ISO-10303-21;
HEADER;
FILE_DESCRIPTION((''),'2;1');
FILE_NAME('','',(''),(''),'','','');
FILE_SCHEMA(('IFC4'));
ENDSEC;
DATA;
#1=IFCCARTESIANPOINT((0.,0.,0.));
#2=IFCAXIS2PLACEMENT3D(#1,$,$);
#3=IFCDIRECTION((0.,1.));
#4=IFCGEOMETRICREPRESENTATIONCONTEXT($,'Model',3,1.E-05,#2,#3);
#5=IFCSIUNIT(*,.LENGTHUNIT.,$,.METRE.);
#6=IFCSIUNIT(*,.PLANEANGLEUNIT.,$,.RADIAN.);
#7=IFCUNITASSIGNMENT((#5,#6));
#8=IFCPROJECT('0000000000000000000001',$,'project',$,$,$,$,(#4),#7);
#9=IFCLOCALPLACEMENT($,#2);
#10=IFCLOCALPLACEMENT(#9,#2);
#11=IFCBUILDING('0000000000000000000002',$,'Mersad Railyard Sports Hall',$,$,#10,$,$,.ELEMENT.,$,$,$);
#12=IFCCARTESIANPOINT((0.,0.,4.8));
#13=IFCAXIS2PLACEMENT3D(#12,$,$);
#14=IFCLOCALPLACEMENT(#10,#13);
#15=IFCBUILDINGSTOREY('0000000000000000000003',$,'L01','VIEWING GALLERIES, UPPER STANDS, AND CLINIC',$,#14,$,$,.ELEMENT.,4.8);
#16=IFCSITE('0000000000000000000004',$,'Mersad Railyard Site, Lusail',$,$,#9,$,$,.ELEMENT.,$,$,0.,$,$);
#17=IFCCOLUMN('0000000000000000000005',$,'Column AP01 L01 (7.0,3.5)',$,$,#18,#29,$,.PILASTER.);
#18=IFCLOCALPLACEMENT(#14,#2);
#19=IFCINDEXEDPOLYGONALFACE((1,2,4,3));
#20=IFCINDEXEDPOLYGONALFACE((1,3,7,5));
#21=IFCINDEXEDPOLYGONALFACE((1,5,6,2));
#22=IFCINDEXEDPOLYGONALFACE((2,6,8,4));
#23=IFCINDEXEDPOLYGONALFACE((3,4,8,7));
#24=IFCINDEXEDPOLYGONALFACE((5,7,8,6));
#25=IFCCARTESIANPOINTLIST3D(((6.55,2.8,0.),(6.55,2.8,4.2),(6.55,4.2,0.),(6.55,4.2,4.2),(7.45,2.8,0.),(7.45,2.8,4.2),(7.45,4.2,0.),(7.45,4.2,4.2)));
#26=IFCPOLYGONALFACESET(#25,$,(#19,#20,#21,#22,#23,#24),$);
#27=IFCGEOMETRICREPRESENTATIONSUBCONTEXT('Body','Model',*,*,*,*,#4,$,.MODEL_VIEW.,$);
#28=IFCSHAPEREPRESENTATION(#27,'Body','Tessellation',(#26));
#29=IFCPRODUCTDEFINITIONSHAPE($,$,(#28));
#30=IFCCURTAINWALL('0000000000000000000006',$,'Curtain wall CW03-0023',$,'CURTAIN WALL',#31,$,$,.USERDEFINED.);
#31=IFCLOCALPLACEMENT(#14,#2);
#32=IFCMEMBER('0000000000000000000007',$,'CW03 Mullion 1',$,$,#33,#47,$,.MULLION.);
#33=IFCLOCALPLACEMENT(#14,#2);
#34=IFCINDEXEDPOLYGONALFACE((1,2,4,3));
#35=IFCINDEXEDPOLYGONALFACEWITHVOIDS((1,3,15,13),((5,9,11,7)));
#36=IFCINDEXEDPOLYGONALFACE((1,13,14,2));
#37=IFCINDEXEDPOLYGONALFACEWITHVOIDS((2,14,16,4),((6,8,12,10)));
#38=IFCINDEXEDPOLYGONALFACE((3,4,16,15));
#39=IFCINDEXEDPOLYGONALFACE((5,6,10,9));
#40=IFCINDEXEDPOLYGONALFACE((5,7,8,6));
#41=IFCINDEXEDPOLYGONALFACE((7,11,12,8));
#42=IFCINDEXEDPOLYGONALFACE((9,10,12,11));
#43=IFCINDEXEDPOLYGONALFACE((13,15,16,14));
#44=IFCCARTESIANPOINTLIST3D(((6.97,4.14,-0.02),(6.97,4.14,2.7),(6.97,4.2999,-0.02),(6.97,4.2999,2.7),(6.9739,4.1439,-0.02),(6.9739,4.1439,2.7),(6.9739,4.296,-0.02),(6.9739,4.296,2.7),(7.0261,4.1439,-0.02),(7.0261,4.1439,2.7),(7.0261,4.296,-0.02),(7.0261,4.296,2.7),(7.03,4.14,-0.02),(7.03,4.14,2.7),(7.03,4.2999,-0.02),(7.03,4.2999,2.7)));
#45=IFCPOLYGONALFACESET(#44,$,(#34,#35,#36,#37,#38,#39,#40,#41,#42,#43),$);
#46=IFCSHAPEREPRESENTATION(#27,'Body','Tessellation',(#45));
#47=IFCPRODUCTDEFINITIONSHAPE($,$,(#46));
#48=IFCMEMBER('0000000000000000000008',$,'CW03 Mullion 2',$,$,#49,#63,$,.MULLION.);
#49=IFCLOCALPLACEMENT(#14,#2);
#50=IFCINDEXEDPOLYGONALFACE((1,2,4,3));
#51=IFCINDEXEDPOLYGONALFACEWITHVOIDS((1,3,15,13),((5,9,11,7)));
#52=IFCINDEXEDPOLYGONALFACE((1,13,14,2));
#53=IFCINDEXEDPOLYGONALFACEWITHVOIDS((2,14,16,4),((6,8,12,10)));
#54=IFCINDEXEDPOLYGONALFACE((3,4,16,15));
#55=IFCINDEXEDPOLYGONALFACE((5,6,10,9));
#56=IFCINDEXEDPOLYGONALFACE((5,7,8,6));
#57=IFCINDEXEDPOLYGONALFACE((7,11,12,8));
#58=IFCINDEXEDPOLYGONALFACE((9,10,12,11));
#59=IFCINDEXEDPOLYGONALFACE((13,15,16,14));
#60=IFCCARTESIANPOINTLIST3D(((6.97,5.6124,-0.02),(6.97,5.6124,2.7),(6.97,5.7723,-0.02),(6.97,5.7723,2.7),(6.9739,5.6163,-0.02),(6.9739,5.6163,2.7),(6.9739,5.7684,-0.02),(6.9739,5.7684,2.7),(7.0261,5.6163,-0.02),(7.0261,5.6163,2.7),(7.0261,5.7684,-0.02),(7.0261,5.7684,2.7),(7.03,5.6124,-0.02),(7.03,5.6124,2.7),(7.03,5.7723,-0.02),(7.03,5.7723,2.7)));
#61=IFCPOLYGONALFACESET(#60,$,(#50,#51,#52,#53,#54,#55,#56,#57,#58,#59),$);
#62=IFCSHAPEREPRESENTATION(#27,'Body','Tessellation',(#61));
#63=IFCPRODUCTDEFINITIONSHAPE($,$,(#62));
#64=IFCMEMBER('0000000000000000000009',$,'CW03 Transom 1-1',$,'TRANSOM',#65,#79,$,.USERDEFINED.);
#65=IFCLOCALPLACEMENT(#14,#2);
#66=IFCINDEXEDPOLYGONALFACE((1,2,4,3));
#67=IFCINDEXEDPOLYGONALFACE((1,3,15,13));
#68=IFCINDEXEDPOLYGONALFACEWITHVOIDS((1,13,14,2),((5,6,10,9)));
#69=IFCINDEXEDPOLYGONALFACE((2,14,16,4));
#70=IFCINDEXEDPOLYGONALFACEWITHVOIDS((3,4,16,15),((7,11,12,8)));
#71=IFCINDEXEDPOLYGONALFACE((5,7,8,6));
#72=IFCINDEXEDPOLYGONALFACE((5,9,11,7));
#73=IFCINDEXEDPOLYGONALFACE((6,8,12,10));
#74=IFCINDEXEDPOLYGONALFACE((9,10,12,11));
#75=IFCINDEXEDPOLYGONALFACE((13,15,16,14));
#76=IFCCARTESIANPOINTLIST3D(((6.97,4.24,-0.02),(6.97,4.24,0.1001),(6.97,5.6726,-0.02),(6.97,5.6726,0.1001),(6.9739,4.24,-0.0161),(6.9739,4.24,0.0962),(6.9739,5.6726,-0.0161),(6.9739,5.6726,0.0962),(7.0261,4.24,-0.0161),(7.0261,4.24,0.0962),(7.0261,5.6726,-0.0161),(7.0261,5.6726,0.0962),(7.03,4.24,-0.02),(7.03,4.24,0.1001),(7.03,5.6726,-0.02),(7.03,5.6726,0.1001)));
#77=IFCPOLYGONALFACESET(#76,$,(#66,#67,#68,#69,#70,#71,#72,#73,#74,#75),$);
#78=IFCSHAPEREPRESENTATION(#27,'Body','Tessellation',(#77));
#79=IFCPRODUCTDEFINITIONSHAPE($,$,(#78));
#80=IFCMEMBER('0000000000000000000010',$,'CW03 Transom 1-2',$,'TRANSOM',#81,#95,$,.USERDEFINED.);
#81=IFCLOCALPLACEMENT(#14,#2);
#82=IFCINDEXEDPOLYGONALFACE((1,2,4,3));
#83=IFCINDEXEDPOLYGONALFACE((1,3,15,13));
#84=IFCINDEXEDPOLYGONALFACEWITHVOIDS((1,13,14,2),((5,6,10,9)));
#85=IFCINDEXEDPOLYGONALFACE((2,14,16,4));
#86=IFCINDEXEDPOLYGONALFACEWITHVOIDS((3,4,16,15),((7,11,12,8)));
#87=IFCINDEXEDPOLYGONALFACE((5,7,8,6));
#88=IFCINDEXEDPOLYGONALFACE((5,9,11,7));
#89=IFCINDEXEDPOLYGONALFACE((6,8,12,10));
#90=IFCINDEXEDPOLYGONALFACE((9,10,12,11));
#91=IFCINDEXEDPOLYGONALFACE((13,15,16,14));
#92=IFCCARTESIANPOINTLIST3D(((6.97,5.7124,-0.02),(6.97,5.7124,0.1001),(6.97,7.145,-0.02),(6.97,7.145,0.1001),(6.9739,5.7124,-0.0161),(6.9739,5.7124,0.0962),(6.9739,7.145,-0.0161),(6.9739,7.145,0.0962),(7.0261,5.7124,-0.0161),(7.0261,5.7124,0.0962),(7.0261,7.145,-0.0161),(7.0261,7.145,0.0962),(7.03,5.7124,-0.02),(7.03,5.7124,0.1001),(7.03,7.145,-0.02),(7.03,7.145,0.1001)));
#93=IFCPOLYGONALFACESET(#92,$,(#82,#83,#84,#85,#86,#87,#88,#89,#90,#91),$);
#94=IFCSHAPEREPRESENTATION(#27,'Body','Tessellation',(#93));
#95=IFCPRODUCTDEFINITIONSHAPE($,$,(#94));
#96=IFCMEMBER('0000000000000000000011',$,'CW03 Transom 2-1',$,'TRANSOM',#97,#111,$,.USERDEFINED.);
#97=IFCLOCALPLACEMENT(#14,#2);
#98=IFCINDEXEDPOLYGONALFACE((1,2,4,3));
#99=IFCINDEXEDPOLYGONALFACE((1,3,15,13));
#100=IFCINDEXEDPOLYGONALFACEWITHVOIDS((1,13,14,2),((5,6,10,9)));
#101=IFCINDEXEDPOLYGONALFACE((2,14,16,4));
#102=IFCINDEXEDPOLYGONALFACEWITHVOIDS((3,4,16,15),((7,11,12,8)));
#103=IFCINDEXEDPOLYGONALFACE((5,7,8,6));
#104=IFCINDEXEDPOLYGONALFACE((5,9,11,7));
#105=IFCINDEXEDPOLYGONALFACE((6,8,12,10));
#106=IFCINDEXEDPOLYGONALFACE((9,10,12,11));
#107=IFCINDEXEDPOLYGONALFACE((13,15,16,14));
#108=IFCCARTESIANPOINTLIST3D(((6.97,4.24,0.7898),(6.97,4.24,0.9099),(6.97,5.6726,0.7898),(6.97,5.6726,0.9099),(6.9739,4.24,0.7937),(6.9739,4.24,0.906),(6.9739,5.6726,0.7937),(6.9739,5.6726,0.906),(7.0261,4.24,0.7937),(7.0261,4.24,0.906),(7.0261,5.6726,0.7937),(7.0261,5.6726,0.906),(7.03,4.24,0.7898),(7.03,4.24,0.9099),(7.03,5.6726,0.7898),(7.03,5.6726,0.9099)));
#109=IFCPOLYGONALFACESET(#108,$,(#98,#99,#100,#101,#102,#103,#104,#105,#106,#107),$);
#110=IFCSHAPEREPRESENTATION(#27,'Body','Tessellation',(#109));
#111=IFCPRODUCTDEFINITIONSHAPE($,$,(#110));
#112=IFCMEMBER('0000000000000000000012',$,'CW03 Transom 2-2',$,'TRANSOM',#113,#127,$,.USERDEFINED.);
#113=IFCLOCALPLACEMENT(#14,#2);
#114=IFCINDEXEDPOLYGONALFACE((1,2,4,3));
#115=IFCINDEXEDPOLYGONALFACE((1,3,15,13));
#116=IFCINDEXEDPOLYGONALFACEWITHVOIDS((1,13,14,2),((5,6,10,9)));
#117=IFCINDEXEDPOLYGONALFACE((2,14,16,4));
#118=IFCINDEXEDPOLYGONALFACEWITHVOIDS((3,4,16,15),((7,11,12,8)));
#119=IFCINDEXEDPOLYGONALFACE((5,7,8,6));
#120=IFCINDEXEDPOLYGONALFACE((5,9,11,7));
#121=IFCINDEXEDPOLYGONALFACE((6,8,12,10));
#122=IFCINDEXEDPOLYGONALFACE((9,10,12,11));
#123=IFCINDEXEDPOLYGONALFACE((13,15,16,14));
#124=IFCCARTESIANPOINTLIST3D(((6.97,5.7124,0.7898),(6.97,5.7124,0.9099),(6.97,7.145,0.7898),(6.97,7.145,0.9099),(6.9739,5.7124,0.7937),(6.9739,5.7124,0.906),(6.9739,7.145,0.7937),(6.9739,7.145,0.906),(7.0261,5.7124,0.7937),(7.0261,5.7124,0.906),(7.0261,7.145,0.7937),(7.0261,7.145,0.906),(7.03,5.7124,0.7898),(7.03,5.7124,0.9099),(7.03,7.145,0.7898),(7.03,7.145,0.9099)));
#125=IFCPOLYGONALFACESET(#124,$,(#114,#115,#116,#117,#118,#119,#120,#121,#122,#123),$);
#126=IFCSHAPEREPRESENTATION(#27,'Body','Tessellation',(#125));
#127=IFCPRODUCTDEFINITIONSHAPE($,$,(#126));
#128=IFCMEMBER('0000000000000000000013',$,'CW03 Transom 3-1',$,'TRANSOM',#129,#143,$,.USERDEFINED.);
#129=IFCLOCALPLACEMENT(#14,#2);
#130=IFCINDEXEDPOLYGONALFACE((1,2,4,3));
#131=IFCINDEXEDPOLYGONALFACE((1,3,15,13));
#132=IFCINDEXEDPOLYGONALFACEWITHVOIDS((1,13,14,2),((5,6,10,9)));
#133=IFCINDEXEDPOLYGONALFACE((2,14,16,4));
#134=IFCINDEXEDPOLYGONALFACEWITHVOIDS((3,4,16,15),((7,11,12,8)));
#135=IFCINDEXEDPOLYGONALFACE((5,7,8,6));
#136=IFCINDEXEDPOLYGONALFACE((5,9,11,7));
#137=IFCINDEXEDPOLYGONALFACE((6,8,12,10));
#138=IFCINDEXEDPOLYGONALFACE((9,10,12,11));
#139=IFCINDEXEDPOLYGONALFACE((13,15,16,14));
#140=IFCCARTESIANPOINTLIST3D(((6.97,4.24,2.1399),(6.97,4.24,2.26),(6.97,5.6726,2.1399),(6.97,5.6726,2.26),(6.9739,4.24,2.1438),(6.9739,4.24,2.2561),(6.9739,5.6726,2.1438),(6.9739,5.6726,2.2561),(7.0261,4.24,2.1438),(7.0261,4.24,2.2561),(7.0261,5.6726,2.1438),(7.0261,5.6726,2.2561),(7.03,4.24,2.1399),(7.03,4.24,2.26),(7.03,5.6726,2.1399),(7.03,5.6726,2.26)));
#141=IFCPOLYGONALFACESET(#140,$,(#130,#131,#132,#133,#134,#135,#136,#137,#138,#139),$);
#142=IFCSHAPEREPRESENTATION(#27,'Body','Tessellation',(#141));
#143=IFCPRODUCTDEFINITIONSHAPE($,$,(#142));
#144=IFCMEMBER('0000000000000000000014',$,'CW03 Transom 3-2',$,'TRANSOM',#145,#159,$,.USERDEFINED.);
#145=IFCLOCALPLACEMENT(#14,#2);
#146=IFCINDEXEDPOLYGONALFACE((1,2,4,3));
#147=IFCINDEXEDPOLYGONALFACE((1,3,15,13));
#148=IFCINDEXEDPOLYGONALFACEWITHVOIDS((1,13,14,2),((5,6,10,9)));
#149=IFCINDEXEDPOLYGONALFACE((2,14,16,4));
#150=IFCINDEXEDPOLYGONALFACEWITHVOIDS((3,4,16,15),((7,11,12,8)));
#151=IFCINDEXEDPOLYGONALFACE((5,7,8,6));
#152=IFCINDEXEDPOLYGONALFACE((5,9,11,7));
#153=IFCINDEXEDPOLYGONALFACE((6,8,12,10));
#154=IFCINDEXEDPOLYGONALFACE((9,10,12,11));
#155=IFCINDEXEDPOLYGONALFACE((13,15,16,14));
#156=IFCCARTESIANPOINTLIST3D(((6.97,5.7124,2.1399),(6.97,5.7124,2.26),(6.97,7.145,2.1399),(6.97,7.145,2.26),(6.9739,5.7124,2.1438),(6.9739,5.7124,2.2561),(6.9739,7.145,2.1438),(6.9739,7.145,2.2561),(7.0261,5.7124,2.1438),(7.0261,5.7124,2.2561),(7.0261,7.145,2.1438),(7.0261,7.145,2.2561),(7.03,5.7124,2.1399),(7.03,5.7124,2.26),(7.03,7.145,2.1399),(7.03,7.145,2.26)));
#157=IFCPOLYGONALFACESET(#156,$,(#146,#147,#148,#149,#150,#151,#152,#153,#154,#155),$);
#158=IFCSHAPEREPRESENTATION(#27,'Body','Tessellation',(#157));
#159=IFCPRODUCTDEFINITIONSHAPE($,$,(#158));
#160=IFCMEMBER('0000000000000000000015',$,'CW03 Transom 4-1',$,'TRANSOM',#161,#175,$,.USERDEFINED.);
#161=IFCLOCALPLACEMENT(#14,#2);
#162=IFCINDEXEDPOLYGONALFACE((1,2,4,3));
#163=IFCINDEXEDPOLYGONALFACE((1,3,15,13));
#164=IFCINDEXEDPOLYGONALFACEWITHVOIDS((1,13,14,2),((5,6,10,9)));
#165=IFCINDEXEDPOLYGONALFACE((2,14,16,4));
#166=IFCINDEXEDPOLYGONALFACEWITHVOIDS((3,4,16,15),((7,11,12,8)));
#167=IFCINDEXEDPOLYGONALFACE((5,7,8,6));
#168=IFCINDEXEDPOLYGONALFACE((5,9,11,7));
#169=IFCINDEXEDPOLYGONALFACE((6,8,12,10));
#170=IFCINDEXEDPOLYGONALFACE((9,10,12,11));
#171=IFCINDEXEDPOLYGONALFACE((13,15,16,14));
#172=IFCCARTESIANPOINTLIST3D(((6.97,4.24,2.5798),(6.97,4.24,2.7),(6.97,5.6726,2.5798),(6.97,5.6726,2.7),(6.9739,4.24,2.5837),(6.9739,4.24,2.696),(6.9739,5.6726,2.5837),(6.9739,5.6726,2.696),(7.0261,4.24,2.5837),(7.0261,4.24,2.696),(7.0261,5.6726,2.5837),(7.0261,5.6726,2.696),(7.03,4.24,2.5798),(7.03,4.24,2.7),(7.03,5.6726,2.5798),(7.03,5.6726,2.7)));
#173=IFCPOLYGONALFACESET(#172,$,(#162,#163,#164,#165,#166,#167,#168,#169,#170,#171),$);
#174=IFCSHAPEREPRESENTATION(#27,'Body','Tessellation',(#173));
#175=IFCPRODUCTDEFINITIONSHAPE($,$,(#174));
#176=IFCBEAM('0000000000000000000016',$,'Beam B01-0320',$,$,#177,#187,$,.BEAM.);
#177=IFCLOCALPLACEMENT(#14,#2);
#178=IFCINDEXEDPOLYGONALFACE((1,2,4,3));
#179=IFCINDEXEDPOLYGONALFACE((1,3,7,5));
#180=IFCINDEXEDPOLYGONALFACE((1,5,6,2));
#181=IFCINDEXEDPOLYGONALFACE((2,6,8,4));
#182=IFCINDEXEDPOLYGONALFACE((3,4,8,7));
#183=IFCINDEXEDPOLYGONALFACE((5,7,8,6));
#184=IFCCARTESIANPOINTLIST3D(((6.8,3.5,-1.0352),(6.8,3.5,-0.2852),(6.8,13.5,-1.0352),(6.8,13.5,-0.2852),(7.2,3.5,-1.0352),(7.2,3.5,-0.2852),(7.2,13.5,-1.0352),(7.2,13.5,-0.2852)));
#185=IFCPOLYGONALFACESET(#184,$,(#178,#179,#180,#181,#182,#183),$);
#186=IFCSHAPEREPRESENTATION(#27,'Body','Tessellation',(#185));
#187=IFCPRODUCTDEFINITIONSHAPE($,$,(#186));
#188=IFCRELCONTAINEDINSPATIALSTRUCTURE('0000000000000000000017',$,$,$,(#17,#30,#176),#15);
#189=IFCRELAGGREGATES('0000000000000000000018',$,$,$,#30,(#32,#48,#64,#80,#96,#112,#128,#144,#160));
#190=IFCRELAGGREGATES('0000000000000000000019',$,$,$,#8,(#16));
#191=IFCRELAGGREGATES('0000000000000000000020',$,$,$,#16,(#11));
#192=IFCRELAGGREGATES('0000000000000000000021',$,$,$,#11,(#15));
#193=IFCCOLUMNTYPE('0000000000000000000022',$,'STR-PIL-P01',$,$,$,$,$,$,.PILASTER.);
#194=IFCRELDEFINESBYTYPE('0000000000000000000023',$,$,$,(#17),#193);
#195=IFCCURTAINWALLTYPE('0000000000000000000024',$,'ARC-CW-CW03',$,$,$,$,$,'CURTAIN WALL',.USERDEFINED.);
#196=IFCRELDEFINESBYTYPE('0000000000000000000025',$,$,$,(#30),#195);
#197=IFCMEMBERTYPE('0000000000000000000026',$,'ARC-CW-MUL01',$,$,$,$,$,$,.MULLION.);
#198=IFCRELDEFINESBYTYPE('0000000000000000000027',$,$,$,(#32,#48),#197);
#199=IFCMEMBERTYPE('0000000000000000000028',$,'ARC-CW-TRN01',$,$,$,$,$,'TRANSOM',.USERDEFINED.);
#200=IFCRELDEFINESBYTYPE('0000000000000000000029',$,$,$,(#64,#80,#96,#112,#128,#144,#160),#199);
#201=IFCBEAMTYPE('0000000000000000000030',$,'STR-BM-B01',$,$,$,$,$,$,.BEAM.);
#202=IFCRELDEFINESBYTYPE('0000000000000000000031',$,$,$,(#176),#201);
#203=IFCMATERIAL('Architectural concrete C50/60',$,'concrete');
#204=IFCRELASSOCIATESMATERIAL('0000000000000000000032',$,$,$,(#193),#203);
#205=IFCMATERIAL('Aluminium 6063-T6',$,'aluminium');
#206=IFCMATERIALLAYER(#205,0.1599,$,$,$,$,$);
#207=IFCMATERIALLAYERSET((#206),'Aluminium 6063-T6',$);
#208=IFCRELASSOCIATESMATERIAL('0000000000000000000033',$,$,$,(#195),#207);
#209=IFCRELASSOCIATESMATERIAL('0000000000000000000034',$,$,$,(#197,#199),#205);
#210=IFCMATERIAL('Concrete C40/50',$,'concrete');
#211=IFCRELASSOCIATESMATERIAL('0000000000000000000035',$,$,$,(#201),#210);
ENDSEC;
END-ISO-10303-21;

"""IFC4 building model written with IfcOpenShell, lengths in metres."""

from ifc_helpers import new_model, si_unit, direction, frame, origin, origin_2d, place, context, subcontext, project, spatial, rectangle, hollow_rectangle, extrude, material, layer, layer_set, material_profile, profile_set, type_object, element, aggregate, save


model = new_model("IFC4")

# Units and contexts
model_context = context("Model", 3, precision=1e-05, world=origin(), true_north=direction((0.0, 1.0)))
body_context = subcontext(model_context, "Body", "Model", "MODEL_VIEW")
ifc_project = project(units=[si_unit("LENGTHUNIT", "METRE"), si_unit("PLANEANGLEUNIT", "RADIAN")], contexts=[model_context])

# Site, building, storey
site_placement = place(None, origin())
site = spatial("IfcSite", under=ifc_project, at=site_placement, Name="Mersad Railyard Site, Lusail", CompositionType="ELEMENT", RefElevation=0.0)
building_placement = place(site_placement, origin())
building = spatial("IfcBuilding", under=site, at=building_placement, Name="Mersad Railyard Sports Hall", CompositionType="ELEMENT")
storey_placement = place(building_placement, frame((0.0, 0.0, 4.8)))
storey = spatial("IfcBuildingStorey", under=building, at=storey_placement, Name="L01", Description="VIEWING GALLERIES, UPPER STANDS, AND CLINIC", CompositionType="ELEMENT", Elevation=4.8)

# Column
ifc_material_1 = material(Name="Architectural concrete C50/60", Category="concrete")
ifc_material_profile_1 = material_profile(ifc_material_1, rectangle(XDim=0.8999, YDim=1.3999, at=origin_2d()), Name="RC 900x1400")
ifc_profile_set_1 = profile_set([ifc_material_profile_1], Name="Architectural concrete C50/60")
column_type = type_object("IfcColumnType", Name="STR-PIL-P01", PredefinedType="PILASTER", material=ifc_profile_set_1)
column_placement = place(storey_placement, frame((7.0, 3.5, 0.0), z_axis=(0.0, 0.0, 1.0), x_axis=(1.0, 0.0, 0.0)))
element("IfcColumn", 1, at=column_placement, inside=storey, type_object=column_type, Name="Column AP01 L01 (7.0,3.5)", PredefinedType="PILASTER", context=body_context, shape_type="SweptSolid", body=[
    extrude(rectangle(XDim=0.8999, YDim=1.3999, at=origin_2d()), origin(), (0.0, 0.0, 1.0), 4.2),
])

# Curtain wall, members
ifc_material_2 = material(Name="Aluminium 6063-T6", Category="aluminium")
ifc_layer_1 = layer(ifc_material_2, 0.1599)
ifc_layer_set_1 = layer_set([ifc_layer_1], Name="Aluminium 6063-T6")
curtain_wall_type = type_object("IfcCurtainWallType", Name="ARC-CW-CW03", ElementType="CURTAIN WALL", PredefinedType="USERDEFINED", material=ifc_layer_set_1)
curtain_wall_placement = place(storey_placement, origin())
curtain_wall = element("IfcCurtainWall", 2, at=curtain_wall_placement, inside=storey, type_object=curtain_wall_type, Name="Curtain wall CW03-0023", ObjectType="CURTAIN WALL", PredefinedType="USERDEFINED")
ifc_material_profile_2 = material_profile(ifc_material_2, hollow_rectangle(XDim=0.0601, YDim=0.1599, WallThickness=0.0039, at=origin_2d()), Name="AL MULLION 60x160x4")
ifc_profile_set_2 = profile_set([ifc_material_profile_2], Name="Aluminium 6063-T6")
member_type_1 = type_object("IfcMemberType", Name="ARC-CW-MUL01", PredefinedType="MULLION", material=ifc_profile_set_2)
member_1_placement = place(storey_placement, frame((7.0, 4.22, -0.02), z_axis=(0.0, 0.0, 1.0), x_axis=(1.0, 0.0, 0.0)))
member_1 = element("IfcMember", 3, at=member_1_placement, type_object=member_type_1, Name="CW03 Mullion 1", PredefinedType="MULLION", context=body_context, shape_type="SweptSolid", body=[
    extrude(hollow_rectangle(XDim=0.0601, YDim=0.1599, WallThickness=0.0039, at=origin_2d()), origin(), (0.0, 0.0, 1.0), 2.72),
])
member_2_placement = place(storey_placement, frame((7.0, 5.6924, -0.02), z_axis=(0.0, 0.0, 1.0), x_axis=(1.0, 0.0, 0.0)))
member_2 = element("IfcMember", 4, at=member_2_placement, type_object=member_type_1, Name="CW03 Mullion 2", PredefinedType="MULLION", context=body_context, shape_type="SweptSolid", body=[
    extrude(hollow_rectangle(XDim=0.0601, YDim=0.1599, WallThickness=0.0039, at=origin_2d()), origin(), (0.0, 0.0, 1.0), 2.72),
])
ifc_material_profile_3 = material_profile(ifc_material_2, hollow_rectangle(XDim=0.0601, YDim=0.1201, WallThickness=0.0039, at=origin_2d()), Name="AL TRANSOM 60x120x4")
ifc_profile_set_3 = profile_set([ifc_material_profile_3], Name="Aluminium 6063-T6")
member_type_2 = type_object("IfcMemberType", Name="ARC-CW-TRN01", ElementType="TRANSOM", PredefinedType="USERDEFINED", material=ifc_profile_set_3)
member_3_placement = place(storey_placement, frame((7.0, 4.24, 0.04), z_axis=(0.0, 1.0, 0.0), x_axis=(-1.0, 0.0, 0.0)))
member_3 = element("IfcMember", 5, at=member_3_placement, type_object=member_type_2, Name="CW03 Transom 1-1", ObjectType="TRANSOM", PredefinedType="USERDEFINED", context=body_context, shape_type="SweptSolid", body=[
    extrude(hollow_rectangle(XDim=0.0601, YDim=0.1201, WallThickness=0.0039, at=origin_2d()), origin(), (0.0, 0.0, 1.0), 1.4326),
])
member_4_placement = place(storey_placement, frame((7.0, 5.7124, 0.04), z_axis=(0.0, 1.0, 0.0), x_axis=(-1.0, 0.0, 0.0)))
member_4 = element("IfcMember", 6, at=member_4_placement, type_object=member_type_2, Name="CW03 Transom 1-2", ObjectType="TRANSOM", PredefinedType="USERDEFINED", context=body_context, shape_type="SweptSolid", body=[
    extrude(hollow_rectangle(XDim=0.0601, YDim=0.1201, WallThickness=0.0039, at=origin_2d()), origin(), (0.0, 0.0, 1.0), 1.4326),
])
member_5_placement = place(storey_placement, frame((7.0, 4.24, 0.8499), z_axis=(0.0, 1.0, 0.0), x_axis=(-1.0, 0.0, 0.0)))
member_5 = element("IfcMember", 7, at=member_5_placement, type_object=member_type_2, Name="CW03 Transom 2-1", ObjectType="TRANSOM", PredefinedType="USERDEFINED", context=body_context, shape_type="SweptSolid", body=[
    extrude(hollow_rectangle(XDim=0.0601, YDim=0.1201, WallThickness=0.0039, at=origin_2d()), origin(), (0.0, 0.0, 1.0), 1.4326),
])
member_6_placement = place(storey_placement, frame((7.0, 5.7124, 0.8499), z_axis=(0.0, 1.0, 0.0), x_axis=(-1.0, 0.0, 0.0)))
member_6 = element("IfcMember", 8, at=member_6_placement, type_object=member_type_2, Name="CW03 Transom 2-2", ObjectType="TRANSOM", PredefinedType="USERDEFINED", context=body_context, shape_type="SweptSolid", body=[
    extrude(hollow_rectangle(XDim=0.0601, YDim=0.1201, WallThickness=0.0039, at=origin_2d()), origin(), (0.0, 0.0, 1.0), 1.4326),
])
member_7_placement = place(storey_placement, frame((7.0, 4.24, 2.2), z_axis=(0.0, 1.0, 0.0), x_axis=(-1.0, 0.0, 0.0)))
member_7 = element("IfcMember", 9, at=member_7_placement, type_object=member_type_2, Name="CW03 Transom 3-1", ObjectType="TRANSOM", PredefinedType="USERDEFINED", context=body_context, shape_type="SweptSolid", body=[
    extrude(hollow_rectangle(XDim=0.0601, YDim=0.1201, WallThickness=0.0039, at=origin_2d()), origin(), (0.0, 0.0, 1.0), 1.4326),
])
member_8_placement = place(storey_placement, frame((7.0, 5.7124, 2.2), z_axis=(0.0, 1.0, 0.0), x_axis=(-1.0, 0.0, 0.0)))
member_8 = element("IfcMember", 10, at=member_8_placement, type_object=member_type_2, Name="CW03 Transom 3-2", ObjectType="TRANSOM", PredefinedType="USERDEFINED", context=body_context, shape_type="SweptSolid", body=[
    extrude(hollow_rectangle(XDim=0.0601, YDim=0.1201, WallThickness=0.0039, at=origin_2d()), origin(), (0.0, 0.0, 1.0), 1.4326),
])
member_9_placement = place(storey_placement, frame((7.0, 4.24, 2.6399), z_axis=(0.0, 1.0, 0.0), x_axis=(-1.0, 0.0, 0.0)))
member_9 = element("IfcMember", 11, at=member_9_placement, type_object=member_type_2, Name="CW03 Transom 4-1", ObjectType="TRANSOM", PredefinedType="USERDEFINED", context=body_context, shape_type="SweptSolid", body=[
    extrude(hollow_rectangle(XDim=0.0601, YDim=0.1201, WallThickness=0.0039, at=origin_2d()), origin(), (0.0, 0.0, 1.0), 1.4326),
])

# Beam
ifc_material_3 = material(Name="Concrete C40/50", Category="concrete")
ifc_material_profile_4 = material_profile(ifc_material_3, rectangle(XDim=0.3999, YDim=0.75, at=origin_2d()), Name="RC 400x750")
ifc_profile_set_4 = profile_set([ifc_material_profile_4], Name="Concrete C40/50")
beam_type_1 = type_object("IfcBeamType", Name="STR-BM-B01", PredefinedType="BEAM", material=ifc_profile_set_4)
beam_1_placement = place(storey_placement, frame((7.0, 3.5, -0.6602), z_axis=(0.0, 1.0, 0.0), x_axis=(-1.0, 0.0, 0.0)))
element("IfcBeam", 12, at=beam_1_placement, inside=storey, type_object=beam_type_1, Name="Beam B01-0320", PredefinedType="BEAM", context=body_context, shape_type="SweptSolid", body=[
    extrude(rectangle(XDim=0.3999, YDim=0.75, at=origin_2d()), origin(), (0.0, 0.0, 1.0), 10.0),
])

aggregate(curtain_wall, [member_1, member_2, member_3, member_4, member_5, member_6, member_7, member_8, member_9])

save(model, "model.ifc")
